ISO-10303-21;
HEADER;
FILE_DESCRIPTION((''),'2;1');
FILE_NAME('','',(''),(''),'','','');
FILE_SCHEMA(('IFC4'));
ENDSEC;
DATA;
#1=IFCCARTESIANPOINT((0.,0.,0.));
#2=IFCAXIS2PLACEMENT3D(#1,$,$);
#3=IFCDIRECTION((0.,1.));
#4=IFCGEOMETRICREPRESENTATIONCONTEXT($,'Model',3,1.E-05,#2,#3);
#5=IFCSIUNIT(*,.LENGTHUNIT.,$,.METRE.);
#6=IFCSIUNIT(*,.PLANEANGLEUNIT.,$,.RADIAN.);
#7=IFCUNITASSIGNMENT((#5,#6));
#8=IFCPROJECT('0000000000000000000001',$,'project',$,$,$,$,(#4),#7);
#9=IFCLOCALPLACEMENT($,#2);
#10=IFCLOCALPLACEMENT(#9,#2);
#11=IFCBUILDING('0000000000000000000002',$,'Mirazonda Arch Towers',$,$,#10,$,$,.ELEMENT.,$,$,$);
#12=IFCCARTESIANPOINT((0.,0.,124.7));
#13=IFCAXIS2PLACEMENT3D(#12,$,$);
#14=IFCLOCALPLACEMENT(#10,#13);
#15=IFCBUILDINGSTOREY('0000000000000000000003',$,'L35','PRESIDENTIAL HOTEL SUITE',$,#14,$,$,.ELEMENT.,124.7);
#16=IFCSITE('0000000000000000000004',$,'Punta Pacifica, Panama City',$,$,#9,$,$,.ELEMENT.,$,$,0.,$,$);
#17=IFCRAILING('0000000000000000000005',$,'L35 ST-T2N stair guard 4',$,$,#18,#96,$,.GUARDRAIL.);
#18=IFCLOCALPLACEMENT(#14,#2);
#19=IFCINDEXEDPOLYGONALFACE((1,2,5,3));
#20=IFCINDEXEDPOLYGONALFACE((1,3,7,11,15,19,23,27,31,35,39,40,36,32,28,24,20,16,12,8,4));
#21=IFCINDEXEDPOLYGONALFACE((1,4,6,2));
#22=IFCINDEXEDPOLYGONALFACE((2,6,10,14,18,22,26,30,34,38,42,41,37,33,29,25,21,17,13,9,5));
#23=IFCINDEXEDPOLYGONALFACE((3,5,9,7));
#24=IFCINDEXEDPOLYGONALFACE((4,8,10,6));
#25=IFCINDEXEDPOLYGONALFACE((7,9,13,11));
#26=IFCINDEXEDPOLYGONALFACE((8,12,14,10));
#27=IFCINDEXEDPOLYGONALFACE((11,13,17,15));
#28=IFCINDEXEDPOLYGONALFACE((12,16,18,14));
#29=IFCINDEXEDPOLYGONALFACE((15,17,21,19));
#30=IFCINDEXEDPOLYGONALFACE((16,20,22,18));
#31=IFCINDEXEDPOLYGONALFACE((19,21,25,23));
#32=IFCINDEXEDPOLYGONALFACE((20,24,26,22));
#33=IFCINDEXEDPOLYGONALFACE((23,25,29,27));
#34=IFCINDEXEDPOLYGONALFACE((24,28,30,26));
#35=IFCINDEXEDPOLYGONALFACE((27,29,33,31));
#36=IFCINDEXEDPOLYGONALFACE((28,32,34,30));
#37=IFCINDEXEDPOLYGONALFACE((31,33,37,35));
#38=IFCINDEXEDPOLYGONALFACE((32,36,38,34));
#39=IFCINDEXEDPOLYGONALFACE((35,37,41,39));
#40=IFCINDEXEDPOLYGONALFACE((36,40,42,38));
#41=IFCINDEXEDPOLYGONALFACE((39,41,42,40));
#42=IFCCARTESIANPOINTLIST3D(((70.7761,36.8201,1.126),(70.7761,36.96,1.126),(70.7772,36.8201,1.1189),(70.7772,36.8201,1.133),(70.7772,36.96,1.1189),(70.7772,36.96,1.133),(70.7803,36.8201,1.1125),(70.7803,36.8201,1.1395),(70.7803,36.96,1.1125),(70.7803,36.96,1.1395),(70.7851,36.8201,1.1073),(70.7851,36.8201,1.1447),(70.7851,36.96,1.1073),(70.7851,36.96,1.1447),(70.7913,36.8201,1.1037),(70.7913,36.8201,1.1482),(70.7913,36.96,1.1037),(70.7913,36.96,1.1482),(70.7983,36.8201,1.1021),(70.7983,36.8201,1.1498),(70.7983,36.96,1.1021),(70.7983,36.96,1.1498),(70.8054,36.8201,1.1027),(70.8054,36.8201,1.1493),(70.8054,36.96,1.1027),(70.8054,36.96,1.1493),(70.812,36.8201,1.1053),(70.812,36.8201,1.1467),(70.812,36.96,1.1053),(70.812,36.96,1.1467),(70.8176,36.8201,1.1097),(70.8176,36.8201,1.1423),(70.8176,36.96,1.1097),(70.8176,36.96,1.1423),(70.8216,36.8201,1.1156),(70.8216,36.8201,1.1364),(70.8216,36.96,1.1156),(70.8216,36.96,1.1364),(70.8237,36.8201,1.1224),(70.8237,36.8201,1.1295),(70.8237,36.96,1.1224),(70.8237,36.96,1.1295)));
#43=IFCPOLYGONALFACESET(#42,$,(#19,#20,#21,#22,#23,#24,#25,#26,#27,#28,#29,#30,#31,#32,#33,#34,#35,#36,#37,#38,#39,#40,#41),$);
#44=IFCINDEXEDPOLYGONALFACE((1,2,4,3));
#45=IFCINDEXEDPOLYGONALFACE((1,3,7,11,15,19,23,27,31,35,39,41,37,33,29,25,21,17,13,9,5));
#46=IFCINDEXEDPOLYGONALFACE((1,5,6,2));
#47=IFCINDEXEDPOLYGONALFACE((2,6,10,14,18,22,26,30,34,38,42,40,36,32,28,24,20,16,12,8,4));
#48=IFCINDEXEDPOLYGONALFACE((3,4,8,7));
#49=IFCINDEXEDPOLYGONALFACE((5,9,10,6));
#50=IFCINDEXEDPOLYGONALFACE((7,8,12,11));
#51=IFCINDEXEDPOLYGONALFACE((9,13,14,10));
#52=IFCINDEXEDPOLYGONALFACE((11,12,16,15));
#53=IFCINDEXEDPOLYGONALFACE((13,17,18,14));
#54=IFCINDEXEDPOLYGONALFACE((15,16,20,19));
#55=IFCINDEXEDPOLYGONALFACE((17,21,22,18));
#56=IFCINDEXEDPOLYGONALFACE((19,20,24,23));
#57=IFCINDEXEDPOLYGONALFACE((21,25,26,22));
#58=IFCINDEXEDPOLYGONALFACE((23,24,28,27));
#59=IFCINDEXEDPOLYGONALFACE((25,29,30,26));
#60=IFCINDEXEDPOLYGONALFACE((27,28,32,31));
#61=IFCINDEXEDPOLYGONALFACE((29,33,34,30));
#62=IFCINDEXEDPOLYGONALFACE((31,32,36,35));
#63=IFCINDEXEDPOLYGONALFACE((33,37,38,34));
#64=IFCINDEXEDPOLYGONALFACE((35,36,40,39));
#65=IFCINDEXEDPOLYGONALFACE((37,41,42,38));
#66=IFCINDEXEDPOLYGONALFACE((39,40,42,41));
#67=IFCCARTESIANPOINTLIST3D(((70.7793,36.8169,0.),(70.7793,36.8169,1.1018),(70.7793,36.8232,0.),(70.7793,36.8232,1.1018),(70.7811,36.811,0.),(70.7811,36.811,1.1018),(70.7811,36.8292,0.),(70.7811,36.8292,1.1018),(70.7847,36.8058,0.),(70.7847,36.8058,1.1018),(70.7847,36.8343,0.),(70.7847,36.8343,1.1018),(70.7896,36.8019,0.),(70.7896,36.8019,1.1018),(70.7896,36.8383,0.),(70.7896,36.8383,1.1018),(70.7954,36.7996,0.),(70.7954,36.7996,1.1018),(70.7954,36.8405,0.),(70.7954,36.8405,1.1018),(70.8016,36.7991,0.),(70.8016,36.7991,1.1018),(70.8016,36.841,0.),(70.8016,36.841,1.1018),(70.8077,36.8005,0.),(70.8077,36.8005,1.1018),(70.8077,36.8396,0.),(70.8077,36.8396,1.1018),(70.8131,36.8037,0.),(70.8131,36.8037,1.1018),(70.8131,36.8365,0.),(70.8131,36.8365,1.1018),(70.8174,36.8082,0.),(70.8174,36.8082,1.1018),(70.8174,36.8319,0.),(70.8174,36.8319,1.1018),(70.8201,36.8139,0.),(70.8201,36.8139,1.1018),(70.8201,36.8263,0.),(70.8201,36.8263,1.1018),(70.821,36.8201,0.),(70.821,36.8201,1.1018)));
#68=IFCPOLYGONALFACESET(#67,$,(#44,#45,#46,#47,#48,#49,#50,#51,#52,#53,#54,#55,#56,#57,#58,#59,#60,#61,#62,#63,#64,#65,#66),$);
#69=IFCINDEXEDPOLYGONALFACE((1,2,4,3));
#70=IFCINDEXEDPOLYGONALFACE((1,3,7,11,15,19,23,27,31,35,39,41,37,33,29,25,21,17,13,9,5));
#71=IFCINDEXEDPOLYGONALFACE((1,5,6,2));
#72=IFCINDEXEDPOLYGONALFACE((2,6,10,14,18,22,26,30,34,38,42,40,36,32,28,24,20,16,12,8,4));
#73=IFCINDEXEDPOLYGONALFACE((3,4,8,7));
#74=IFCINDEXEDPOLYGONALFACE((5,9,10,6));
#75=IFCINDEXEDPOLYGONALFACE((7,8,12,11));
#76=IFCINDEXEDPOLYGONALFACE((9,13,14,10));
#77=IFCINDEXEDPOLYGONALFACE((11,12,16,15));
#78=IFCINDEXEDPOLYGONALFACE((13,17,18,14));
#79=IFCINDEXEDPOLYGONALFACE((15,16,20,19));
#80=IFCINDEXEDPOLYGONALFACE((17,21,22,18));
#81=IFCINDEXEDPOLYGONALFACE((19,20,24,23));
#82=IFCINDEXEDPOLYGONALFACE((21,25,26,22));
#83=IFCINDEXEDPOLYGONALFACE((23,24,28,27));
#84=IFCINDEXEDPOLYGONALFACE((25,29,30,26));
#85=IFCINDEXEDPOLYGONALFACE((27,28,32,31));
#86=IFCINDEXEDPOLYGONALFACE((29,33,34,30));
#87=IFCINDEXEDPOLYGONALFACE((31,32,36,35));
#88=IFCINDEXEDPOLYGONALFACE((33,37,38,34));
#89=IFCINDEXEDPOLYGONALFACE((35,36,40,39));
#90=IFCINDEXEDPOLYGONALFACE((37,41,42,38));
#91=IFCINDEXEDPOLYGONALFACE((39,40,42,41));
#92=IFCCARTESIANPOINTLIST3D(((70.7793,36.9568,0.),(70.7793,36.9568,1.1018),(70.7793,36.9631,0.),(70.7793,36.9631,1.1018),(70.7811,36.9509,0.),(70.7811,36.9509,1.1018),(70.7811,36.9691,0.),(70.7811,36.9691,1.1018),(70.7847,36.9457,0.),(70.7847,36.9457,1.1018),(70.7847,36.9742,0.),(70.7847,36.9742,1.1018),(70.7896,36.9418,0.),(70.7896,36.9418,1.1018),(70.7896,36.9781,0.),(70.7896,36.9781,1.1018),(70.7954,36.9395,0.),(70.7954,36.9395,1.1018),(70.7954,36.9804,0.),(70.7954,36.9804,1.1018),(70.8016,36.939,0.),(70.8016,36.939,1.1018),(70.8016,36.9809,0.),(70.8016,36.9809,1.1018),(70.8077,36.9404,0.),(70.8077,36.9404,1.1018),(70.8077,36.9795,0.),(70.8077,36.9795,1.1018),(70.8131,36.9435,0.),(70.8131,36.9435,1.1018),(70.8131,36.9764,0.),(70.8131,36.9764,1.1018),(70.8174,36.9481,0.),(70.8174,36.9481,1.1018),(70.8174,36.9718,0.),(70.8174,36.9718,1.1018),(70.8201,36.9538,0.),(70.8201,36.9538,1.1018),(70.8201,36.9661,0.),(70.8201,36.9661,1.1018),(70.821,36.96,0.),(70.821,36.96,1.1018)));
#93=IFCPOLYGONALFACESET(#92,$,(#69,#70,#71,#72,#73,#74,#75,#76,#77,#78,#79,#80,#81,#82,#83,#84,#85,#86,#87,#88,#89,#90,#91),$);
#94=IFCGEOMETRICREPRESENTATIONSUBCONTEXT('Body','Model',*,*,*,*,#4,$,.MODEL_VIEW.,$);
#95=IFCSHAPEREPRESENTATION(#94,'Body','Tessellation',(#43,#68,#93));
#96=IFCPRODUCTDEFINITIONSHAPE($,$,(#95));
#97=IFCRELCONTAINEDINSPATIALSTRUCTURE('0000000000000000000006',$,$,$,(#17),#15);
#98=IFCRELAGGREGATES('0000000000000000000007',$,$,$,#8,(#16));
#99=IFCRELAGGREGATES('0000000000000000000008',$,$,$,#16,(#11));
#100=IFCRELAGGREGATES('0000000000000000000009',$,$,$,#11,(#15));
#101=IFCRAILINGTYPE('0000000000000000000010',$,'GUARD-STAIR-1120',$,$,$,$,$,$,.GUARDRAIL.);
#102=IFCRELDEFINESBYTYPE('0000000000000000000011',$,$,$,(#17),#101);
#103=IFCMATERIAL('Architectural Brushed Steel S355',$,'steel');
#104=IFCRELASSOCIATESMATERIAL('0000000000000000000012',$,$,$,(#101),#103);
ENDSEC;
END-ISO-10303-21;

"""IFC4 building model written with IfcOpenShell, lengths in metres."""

from ifc_helpers import new_model, si_unit, direction, frame, origin, origin_2d, place, context, subcontext, project, spatial, circle, extrude, material, type_object, element, save


model = new_model("IFC4")

# Units and contexts
model_context = context("Model", 3, precision=1e-05, world=origin(), true_north=direction((0.0, 1.0)))
body_context = subcontext(model_context, "Body", "Model", "MODEL_VIEW")
ifc_project = project(units=[si_unit("LENGTHUNIT", "METRE"), si_unit("PLANEANGLEUNIT", "RADIAN")], contexts=[model_context])

# Site, building, storey
site_placement = place(None, origin())
site = spatial("IfcSite", under=ifc_project, at=site_placement, Name="Punta Pacifica, Panama City", CompositionType="ELEMENT", RefElevation=0.0)
building_placement = place(site_placement, origin())
building = spatial("IfcBuilding", under=site, at=building_placement, Name="Mirazonda Arch Towers", CompositionType="ELEMENT")
storey_placement = place(building_placement, frame((0.0, 0.0, 124.7)))
storey = spatial("IfcBuildingStorey", under=building, at=storey_placement, Name="L35", Description="PRESIDENTIAL HOTEL SUITE", CompositionType="ELEMENT", Elevation=124.7)

# Railing
ifc_material_1 = material(Name="Architectural Brushed Steel S355", Category="steel")
railing_type_1 = type_object("IfcRailingType", Name="GUARD-STAIR-1120", PredefinedType="GUARDRAIL", material=ifc_material_1)
railing_1_placement = place(storey_placement, frame((70.8, 36.8201, 0.0)))
element("IfcRailing", 1, at=railing_1_placement, inside=storey, type_object=railing_type_1, Name="L35 ST-T2N stair guard 4", PredefinedType="GUARDRAIL", context=body_context, shape_type="SweptSolid", body=[
    extrude(circle(Radius=0.0239, at=origin_2d()), frame((0.0, 0.0, 1.126), z_axis=(0.0, 1.0, 0.0), x_axis=(-1.0, 0.0, 0.0)), (0.0, 0.0, 1.0), 0.1399),
    extrude(circle(Radius=0.021, at=origin_2d()), origin(), (0.0, 0.0, 1.0), 1.1018),
    extrude(circle(Radius=0.021, at=origin_2d()), frame((0.0, 0.1399, 0.0)), (0.0, 0.0, 1.0), 1.1018),
])

save(model, "model.ifc")
